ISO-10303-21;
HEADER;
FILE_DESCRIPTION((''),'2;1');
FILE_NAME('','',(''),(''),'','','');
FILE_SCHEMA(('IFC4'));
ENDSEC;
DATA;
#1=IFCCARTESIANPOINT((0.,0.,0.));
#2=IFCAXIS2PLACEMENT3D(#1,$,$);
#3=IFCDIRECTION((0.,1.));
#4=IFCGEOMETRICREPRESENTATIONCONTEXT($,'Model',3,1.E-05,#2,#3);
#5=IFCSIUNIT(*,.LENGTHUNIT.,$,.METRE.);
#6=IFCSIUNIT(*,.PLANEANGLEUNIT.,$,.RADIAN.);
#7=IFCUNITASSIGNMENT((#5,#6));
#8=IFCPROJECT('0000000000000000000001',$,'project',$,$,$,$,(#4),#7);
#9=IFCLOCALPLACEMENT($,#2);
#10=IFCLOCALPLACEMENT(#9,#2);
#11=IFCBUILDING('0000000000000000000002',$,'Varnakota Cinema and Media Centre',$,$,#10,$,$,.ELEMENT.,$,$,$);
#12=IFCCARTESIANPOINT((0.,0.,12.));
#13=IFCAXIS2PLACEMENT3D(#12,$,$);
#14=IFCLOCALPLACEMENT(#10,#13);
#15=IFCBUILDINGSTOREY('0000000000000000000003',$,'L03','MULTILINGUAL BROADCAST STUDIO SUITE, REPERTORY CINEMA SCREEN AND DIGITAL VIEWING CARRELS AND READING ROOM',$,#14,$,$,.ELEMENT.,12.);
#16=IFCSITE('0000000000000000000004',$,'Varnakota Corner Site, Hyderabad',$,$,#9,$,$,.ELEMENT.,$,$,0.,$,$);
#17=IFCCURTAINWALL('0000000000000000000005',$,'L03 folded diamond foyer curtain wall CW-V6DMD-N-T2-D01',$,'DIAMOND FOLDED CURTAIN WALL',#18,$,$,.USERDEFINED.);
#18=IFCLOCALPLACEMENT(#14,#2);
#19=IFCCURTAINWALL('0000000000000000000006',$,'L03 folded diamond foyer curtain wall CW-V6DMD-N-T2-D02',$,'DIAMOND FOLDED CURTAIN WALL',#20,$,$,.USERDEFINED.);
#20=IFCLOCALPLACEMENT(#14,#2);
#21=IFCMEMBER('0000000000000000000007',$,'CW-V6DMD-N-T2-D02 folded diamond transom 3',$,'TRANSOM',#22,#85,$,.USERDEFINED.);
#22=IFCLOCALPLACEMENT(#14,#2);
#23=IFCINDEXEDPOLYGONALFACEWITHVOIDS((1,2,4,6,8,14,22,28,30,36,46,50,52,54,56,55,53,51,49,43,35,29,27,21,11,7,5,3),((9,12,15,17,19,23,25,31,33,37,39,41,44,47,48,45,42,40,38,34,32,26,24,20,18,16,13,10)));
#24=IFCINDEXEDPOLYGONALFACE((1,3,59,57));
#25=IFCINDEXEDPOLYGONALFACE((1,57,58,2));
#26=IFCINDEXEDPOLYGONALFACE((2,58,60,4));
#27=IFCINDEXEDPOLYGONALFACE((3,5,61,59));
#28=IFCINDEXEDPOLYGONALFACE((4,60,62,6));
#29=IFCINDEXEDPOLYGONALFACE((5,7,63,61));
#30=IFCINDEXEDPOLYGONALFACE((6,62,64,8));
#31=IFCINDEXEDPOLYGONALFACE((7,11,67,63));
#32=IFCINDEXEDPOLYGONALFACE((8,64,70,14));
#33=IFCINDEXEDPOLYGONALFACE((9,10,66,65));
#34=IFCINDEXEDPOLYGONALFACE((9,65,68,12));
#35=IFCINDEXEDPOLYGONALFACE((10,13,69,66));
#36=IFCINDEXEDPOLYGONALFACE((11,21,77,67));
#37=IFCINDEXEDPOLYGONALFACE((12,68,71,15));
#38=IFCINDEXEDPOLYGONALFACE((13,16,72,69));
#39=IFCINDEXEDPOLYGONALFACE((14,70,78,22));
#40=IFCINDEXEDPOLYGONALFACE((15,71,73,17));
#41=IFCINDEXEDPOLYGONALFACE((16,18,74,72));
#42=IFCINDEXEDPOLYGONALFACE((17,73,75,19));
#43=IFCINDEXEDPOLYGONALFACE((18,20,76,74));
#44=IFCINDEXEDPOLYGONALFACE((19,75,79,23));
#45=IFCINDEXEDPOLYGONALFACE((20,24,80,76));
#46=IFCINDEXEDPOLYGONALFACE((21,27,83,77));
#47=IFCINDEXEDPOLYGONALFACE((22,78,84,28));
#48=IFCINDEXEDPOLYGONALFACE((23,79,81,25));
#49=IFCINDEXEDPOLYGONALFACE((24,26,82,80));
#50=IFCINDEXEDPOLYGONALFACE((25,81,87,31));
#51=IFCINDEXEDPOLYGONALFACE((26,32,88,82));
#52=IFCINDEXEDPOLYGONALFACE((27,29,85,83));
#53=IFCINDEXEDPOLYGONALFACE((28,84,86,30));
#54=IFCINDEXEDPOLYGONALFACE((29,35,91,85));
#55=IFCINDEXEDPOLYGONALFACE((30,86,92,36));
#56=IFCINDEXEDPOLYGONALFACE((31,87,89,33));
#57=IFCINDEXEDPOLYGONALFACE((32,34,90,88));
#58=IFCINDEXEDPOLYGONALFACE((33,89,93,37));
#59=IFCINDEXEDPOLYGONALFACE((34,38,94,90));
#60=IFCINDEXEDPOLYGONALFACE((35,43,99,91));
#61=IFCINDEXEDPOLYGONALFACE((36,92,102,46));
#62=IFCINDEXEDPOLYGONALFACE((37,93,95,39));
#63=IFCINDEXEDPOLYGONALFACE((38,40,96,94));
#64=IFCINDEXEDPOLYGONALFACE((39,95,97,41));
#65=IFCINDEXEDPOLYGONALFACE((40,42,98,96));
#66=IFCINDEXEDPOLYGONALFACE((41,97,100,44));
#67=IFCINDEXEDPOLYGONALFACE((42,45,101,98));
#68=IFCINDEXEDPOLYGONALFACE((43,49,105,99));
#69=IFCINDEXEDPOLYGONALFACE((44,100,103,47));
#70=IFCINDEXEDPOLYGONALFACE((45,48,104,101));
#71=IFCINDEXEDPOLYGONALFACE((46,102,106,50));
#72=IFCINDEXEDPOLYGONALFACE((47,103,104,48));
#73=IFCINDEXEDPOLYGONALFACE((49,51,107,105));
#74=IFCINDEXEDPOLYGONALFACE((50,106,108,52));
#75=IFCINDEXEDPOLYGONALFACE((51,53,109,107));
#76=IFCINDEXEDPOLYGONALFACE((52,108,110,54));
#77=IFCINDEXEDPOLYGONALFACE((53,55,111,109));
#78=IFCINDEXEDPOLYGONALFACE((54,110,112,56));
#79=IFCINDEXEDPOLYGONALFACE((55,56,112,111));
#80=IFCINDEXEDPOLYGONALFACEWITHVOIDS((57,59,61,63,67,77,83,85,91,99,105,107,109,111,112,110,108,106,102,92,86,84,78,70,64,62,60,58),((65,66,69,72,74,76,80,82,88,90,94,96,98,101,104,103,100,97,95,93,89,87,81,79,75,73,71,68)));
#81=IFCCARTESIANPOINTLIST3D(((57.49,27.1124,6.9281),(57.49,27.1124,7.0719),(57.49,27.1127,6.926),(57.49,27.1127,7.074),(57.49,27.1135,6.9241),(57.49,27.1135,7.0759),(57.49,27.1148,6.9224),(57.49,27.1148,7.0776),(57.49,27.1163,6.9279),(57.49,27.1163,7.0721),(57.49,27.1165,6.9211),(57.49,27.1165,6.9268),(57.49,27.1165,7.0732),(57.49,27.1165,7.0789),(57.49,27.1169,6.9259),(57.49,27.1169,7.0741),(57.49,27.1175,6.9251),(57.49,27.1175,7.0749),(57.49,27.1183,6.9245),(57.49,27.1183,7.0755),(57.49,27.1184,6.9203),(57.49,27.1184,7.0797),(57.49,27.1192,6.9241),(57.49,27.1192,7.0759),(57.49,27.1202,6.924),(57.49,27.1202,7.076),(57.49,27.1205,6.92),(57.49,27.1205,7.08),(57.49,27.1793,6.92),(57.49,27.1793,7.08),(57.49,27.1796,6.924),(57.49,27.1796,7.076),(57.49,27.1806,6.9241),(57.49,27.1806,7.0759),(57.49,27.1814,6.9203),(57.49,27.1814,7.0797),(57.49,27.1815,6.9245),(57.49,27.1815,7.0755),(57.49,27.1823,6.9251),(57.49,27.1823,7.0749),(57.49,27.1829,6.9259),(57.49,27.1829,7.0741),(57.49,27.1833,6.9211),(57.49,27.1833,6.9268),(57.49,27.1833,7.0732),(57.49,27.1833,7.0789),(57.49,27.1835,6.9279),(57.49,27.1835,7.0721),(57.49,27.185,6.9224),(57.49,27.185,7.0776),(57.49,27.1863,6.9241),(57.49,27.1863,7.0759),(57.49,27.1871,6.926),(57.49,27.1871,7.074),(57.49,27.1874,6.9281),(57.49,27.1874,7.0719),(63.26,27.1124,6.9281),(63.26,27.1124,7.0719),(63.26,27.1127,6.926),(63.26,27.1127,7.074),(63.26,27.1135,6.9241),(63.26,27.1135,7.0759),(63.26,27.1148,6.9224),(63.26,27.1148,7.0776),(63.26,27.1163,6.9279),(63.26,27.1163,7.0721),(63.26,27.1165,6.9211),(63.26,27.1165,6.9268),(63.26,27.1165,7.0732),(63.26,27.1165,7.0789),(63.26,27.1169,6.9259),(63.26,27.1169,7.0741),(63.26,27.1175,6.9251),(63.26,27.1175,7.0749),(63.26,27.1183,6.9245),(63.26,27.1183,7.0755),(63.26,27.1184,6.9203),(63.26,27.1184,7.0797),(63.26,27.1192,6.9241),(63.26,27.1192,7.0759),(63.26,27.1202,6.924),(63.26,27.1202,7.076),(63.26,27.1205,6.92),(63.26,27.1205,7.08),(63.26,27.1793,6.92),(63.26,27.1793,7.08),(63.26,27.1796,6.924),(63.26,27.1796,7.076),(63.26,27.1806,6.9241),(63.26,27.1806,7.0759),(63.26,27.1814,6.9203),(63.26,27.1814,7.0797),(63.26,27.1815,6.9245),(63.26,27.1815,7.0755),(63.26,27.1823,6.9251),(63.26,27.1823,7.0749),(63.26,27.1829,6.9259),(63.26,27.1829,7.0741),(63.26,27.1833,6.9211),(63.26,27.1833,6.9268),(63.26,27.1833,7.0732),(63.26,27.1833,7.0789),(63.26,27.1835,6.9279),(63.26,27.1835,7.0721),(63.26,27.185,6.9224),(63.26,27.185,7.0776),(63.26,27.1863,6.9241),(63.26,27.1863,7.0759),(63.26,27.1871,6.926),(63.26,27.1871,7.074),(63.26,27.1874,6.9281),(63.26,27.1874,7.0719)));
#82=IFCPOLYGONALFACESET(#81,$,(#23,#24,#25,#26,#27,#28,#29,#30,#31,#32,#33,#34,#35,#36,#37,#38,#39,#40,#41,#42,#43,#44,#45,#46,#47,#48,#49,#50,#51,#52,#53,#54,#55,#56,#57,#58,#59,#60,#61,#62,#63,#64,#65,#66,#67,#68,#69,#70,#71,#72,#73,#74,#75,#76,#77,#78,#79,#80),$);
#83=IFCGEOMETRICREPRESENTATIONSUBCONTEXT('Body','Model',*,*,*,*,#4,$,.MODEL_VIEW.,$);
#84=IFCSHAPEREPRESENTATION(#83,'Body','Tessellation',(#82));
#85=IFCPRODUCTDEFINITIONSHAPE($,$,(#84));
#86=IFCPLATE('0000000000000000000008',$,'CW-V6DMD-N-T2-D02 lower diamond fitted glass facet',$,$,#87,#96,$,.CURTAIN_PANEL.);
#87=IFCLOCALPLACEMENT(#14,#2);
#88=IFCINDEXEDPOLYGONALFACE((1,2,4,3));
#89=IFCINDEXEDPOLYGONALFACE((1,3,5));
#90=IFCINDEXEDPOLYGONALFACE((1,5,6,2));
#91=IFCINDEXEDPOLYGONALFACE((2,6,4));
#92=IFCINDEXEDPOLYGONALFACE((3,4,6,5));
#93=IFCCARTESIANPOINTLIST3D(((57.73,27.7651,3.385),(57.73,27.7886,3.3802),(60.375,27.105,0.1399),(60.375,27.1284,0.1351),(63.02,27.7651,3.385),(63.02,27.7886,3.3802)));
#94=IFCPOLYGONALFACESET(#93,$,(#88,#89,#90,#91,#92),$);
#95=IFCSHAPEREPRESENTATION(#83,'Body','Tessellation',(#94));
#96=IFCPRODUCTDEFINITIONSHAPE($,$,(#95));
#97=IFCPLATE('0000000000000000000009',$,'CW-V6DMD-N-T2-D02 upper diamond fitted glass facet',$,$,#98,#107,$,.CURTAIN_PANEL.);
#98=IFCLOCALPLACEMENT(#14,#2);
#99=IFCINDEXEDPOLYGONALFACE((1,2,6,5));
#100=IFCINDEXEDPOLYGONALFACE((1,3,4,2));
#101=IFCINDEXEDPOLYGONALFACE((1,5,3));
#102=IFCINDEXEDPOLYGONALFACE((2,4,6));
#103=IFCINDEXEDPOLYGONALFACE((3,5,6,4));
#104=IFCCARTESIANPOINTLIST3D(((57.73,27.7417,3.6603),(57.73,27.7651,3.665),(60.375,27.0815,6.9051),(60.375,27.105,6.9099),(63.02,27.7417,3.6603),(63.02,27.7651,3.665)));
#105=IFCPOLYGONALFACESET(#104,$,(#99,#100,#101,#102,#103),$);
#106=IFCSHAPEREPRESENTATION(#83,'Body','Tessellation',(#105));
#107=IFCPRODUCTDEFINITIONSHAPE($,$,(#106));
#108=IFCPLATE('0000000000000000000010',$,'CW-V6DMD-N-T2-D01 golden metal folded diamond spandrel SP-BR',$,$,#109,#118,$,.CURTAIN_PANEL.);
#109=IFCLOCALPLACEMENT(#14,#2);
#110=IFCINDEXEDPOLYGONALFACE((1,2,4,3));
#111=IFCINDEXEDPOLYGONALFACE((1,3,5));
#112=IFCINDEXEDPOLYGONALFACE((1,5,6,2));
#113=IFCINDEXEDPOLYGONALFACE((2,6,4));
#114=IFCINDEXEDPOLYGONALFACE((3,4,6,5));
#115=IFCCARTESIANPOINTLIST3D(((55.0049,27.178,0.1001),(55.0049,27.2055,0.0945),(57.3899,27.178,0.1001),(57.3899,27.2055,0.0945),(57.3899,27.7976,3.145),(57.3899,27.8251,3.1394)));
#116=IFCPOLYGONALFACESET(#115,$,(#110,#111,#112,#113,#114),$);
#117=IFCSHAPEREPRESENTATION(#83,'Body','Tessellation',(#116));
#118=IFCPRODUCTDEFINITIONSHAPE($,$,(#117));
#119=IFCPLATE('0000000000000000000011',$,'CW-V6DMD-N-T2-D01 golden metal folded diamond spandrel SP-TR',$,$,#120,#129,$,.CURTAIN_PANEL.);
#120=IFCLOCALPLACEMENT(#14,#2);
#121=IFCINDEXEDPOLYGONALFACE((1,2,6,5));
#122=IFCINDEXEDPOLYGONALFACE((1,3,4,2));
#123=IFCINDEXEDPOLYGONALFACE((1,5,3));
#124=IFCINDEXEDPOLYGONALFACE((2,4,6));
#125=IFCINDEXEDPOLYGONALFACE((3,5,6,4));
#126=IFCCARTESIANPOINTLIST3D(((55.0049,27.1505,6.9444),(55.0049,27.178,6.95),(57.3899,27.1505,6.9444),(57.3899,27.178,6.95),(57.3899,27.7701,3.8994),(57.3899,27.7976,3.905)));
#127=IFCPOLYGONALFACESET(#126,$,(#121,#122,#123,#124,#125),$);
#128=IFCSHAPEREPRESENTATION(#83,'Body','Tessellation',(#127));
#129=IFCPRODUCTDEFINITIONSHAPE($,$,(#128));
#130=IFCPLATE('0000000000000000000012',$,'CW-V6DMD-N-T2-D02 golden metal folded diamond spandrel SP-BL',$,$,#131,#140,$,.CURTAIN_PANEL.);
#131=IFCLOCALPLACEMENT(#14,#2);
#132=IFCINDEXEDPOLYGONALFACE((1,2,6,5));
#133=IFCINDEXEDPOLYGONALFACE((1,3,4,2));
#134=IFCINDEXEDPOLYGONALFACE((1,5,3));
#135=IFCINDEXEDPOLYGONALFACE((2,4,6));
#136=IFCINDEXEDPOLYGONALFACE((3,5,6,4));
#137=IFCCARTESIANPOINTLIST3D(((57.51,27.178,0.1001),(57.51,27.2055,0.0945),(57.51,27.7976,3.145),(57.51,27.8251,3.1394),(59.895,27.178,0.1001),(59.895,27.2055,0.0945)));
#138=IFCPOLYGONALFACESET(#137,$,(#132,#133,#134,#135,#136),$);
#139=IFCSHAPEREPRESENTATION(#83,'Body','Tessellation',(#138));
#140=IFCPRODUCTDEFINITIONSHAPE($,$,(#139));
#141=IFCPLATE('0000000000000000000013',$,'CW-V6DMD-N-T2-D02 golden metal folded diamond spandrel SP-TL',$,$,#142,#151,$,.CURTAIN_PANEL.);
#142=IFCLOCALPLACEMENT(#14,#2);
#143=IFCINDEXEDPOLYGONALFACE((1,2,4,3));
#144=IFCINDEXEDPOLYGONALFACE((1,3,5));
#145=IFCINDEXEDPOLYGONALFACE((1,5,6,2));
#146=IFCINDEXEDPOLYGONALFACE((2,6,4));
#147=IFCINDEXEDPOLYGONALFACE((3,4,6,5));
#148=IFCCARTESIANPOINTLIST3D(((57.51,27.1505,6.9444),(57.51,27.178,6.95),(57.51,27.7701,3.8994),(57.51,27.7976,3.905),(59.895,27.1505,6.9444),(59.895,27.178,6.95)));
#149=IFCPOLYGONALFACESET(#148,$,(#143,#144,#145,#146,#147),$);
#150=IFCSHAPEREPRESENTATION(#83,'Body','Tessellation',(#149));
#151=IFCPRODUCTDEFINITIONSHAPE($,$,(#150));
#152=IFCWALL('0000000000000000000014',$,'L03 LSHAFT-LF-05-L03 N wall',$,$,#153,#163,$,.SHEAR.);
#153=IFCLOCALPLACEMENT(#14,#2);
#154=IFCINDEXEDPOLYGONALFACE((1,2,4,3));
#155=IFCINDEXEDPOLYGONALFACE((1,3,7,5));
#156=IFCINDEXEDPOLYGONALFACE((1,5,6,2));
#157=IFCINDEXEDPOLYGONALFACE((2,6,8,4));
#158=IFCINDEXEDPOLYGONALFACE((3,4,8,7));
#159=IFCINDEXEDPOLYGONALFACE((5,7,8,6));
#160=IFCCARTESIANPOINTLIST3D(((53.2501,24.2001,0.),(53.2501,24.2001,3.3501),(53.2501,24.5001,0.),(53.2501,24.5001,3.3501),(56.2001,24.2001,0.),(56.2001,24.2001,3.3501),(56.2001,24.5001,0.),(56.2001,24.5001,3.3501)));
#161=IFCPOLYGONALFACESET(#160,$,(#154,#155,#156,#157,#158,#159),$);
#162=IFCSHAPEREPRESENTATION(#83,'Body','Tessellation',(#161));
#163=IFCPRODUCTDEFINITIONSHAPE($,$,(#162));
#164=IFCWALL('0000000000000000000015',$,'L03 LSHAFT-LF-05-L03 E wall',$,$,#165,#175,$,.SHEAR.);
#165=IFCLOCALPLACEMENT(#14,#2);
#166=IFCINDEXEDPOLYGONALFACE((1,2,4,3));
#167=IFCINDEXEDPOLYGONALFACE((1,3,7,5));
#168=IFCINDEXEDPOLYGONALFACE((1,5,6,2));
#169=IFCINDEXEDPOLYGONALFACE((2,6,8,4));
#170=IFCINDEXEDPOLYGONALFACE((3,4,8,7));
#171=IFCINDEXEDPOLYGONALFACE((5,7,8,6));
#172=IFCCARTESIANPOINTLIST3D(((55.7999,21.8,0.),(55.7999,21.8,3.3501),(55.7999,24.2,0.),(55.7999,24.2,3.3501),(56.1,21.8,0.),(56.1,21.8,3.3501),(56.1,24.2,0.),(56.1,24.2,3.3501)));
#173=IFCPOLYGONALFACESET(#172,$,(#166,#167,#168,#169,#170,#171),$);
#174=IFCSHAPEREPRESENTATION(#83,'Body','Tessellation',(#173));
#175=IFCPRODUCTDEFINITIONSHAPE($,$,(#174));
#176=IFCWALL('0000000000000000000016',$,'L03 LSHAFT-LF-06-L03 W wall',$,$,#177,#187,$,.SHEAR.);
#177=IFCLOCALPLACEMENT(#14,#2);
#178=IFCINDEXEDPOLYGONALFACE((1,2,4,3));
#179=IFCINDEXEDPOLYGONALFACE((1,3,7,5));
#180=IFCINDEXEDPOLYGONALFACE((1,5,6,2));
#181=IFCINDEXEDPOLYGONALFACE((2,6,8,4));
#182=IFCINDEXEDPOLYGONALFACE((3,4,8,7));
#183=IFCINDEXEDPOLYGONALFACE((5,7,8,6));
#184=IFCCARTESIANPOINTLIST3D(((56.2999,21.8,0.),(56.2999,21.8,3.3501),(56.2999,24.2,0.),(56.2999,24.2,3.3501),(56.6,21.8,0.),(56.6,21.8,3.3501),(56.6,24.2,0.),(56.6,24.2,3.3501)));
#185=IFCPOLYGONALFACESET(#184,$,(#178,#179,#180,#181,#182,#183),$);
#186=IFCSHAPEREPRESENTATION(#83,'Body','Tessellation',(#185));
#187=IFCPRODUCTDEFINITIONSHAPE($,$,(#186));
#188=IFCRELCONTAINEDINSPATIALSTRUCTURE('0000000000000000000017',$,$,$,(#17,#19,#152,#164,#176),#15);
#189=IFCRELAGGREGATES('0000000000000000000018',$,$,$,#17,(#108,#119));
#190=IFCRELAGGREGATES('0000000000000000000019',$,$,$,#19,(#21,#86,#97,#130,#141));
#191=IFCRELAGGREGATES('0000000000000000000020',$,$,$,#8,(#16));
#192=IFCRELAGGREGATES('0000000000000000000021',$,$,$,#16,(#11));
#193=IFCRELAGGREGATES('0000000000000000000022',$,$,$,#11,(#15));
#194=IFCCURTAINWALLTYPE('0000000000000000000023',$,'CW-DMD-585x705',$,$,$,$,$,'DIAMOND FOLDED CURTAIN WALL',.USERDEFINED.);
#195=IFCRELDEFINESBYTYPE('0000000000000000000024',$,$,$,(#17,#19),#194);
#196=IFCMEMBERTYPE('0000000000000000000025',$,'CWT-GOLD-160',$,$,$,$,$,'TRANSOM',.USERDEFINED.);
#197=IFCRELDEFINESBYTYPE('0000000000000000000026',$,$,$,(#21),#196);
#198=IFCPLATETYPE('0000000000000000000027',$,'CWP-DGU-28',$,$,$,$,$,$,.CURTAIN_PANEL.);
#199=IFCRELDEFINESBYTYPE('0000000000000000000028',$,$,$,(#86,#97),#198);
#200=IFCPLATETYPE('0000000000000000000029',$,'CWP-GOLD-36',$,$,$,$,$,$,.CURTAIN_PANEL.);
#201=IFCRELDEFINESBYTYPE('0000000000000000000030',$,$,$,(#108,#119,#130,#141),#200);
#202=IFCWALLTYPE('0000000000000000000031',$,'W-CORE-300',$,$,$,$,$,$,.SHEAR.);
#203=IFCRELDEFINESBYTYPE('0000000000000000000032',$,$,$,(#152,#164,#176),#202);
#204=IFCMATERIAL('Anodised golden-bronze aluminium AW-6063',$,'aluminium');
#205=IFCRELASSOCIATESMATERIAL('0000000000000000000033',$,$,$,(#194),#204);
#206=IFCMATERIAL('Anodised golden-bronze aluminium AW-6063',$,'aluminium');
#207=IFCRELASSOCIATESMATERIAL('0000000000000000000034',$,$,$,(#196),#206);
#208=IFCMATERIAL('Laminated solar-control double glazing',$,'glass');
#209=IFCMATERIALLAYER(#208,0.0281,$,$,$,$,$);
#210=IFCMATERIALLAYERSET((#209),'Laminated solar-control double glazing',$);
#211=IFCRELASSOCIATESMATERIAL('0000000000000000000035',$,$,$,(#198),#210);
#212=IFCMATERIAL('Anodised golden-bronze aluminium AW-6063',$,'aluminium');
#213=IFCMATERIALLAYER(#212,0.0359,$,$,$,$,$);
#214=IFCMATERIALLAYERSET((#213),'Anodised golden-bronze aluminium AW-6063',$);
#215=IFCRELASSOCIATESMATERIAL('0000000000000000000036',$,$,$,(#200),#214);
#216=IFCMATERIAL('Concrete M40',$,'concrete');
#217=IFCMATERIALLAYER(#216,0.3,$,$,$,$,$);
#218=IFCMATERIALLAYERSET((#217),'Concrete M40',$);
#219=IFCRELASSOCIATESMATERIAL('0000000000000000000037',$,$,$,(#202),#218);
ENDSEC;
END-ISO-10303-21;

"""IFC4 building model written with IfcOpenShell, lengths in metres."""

from ifc_helpers import new_model, si_unit, direction, frame, frame_2d, origin, origin_2d, place, context, subcontext, project, spatial, polyline, rectangle, hollow_rectangle, outline, extrude, material, layer, layer_set, material_profile, profile_set, type_object, element, aggregate, save


model = new_model("IFC4")

# Units and contexts
model_context = context("Model", 3, precision=1e-05, world=origin(), true_north=direction((0.0, 1.0)))
body_context = subcontext(model_context, "Body", "Model", "MODEL_VIEW")
ifc_project = project(units=[si_unit("LENGTHUNIT", "METRE"), si_unit("PLANEANGLEUNIT", "RADIAN")], contexts=[model_context])

# Site, building, storey
site_placement = place(None, origin())
site = spatial("IfcSite", under=ifc_project, at=site_placement, Name="Varnakota Corner Site, Hyderabad", CompositionType="ELEMENT", RefElevation=0.0)
building_placement = place(site_placement, origin())
building = spatial("IfcBuilding", under=site, at=building_placement, Name="Varnakota Cinema and Media Centre", CompositionType="ELEMENT")
storey_placement = place(building_placement, frame((0.0, 0.0, 12.0)))
storey = spatial("IfcBuildingStorey", under=building, at=storey_placement, Name="L03", Description="MULTILINGUAL BROADCAST STUDIO SUITE, REPERTORY CINEMA SCREEN AND DIGITAL VIEWING CARRELS AND READING ROOM", CompositionType="ELEMENT", Elevation=12.0)

# Curtain wall
ifc_material_1 = material(Name="Anodised golden-bronze aluminium AW-6063", Category="aluminium")
curtain_wall_type = type_object("IfcCurtainWallType", Name="CW-DMD-585x705", ElementType="DIAMOND FOLDED CURTAIN WALL", PredefinedType="USERDEFINED", material=ifc_material_1)
curtain_wall_1_placement = place(storey_placement, origin())
curtain_wall_1 = element("IfcCurtainWall", 1, at=curtain_wall_1_placement, inside=storey, type_object=curtain_wall_type, Name="L03 folded diamond foyer curtain wall CW-V6DMD-N-T2-D01", ObjectType="DIAMOND FOLDED CURTAIN WALL", PredefinedType="USERDEFINED")

# Curtain wall, member, plates
curtain_wall_2_placement = place(storey_placement, origin())
curtain_wall_2 = element("IfcCurtainWall", 2, at=curtain_wall_2_placement, inside=storey, type_object=curtain_wall_type, Name="L03 folded diamond foyer curtain wall CW-V6DMD-N-T2-D02", ObjectType="DIAMOND FOLDED CURTAIN WALL", PredefinedType="USERDEFINED")
ifc_material_2 = material(Name="Anodised golden-bronze aluminium AW-6063", Category="aluminium")
ifc_material_profile_1 = material_profile(ifc_material_2, hollow_rectangle(XDim=0.075, YDim=0.1599, WallThickness=0.0039, InnerFilletRadius=0.0039, OuterFilletRadius=0.0081, at=origin_2d()), Name="AL-TRANSOM 160x75x4")
ifc_profile_set_1 = profile_set([ifc_material_profile_1], Name="Anodised golden-bronze aluminium AW-6063")
member_type_1 = type_object("IfcMemberType", Name="CWT-GOLD-160", ElementType="TRANSOM", PredefinedType="USERDEFINED", material=ifc_profile_set_1)
member_1_placement = place(storey_placement, frame((57.49, 27.1499, 7.0), z_axis=(1.0, 0.0, 0.0), x_axis=(0.0, 1.0, 0.0)))
member_1 = element("IfcMember", 3, at=member_1_placement, type_object=member_type_1, Name="CW-V6DMD-N-T2-D02 folded diamond transom 3", ObjectType="TRANSOM", PredefinedType="USERDEFINED", context=body_context, shape_type="SweptSolid", body=[
    extrude(hollow_rectangle(XDim=0.075, YDim=0.1599, WallThickness=0.0039, InnerFilletRadius=0.0039, OuterFilletRadius=0.0081, at=origin_2d()), origin(), (0.0, 0.0, 1.0), 5.77),
])
ifc_material_3 = material(Name="Laminated solar-control double glazing", Category="glass")
ifc_layer_1 = layer(ifc_material_3, 0.0281)
ifc_layer_set_1 = layer_set([ifc_layer_1], Name="Laminated solar-control double glazing")
plate_type_1 = type_object("IfcPlateType", Name="CWP-DGU-28", PredefinedType="CURTAIN_PANEL", material=ifc_layer_set_1)
plate_1_placement = place(storey_placement, frame((57.73, 27.7651, 3.385), z_axis=(0.0, -0.979929, 0.199348), x_axis=(0.624084, -0.155762, -0.765675)))
plate_1 = element("IfcPlate", 4, at=plate_1_placement, type_object=plate_type_1, Name="CW-V6DMD-N-T2-D02 lower diamond fitted glass facet", PredefinedType="CURTAIN_PANEL", context=body_context, shape_type="SweptSolid", body=[
    extrude(outline(polyline([(0.0, 0.0), (4.2382, 0.0), (3.3014, 4.1334), (0.0, 0.0)])), origin(), (0.0, 0.0, -1.0), 0.0239),
])
plate_2_placement = place(storey_placement, frame((57.73, 27.7651, 3.665), z_axis=(0.0, 0.979926, 0.199362), x_axis=(1.0, 0.0, 0.0)))
plate_2 = element("IfcPlate", 5, at=plate_2_placement, type_object=plate_type_1, Name="CW-V6DMD-N-T2-D02 upper diamond fitted glass facet", PredefinedType="CURTAIN_PANEL", context=body_context, shape_type="SweptSolid", body=[
    extrude(outline(polyline([(0.0, 0.0), (5.29, 0.0), (2.645, -3.3113), (0.0, 0.0)])), origin(), (0.0, 0.0, -1.0), 0.0239),
])

# Plates
ifc_material_4 = material(Name="Anodised golden-bronze aluminium AW-6063", Category="aluminium")
ifc_layer_2 = layer(ifc_material_4, 0.0359)
ifc_layer_set_2 = layer_set([ifc_layer_2], Name="Anodised golden-bronze aluminium AW-6063")
plate_type_2 = type_object("IfcPlateType", Name="CWP-GOLD-36", PredefinedType="CURTAIN_PANEL", material=ifc_layer_set_2)
plate_3_placement = place(storey_placement, frame((55.0049, 27.178, 0.1001), z_axis=(0.0, -0.979916, 0.199409), x_axis=(1.0, 0.0, 0.0)))
plate_3 = element("IfcPlate", 6, at=plate_3_placement, type_object=plate_type_2, Name="CW-V6DMD-N-T2-D01 golden metal folded diamond spandrel SP-BR", PredefinedType="CURTAIN_PANEL", context=body_context, shape_type="SweptSolid", body=[
    extrude(outline(polyline([(0.0, 0.0), (2.385, 0.0), (2.385, 3.1073), (0.0, 0.0)])), origin(), (0.0, 0.0, -1.0), 0.0281),
])
plate_4_placement = place(storey_placement, frame((57.3899, 27.7976, 3.905), z_axis=(0.0, 0.979916, 0.199409), x_axis=(0.0, -0.199409, 0.979916)))
plate_4 = element("IfcPlate", 7, at=plate_4_placement, type_object=plate_type_2, Name="CW-V6DMD-N-T2-D01 golden metal folded diamond spandrel SP-TR", PredefinedType="CURTAIN_PANEL", context=body_context, shape_type="SweptSolid", body=[
    extrude(outline(polyline([(0.0, 0.0), (3.1073, 0.0), (3.1073, -2.385), (0.0, 0.0)])), origin(), (0.0, 0.0, -1.0), 0.0281),
])
aggregate(curtain_wall_1, [plate_3, plate_4])
plate_5_placement = place(storey_placement, frame((57.51, 27.178, 0.1001), z_axis=(0.0, -0.979916, 0.199409), x_axis=(1.0, 0.0, 0.0)))
plate_5 = element("IfcPlate", 8, at=plate_5_placement, type_object=plate_type_2, Name="CW-V6DMD-N-T2-D02 golden metal folded diamond spandrel SP-BL", PredefinedType="CURTAIN_PANEL", context=body_context, shape_type="SweptSolid", body=[
    extrude(outline(polyline([(0.0, 0.0), (2.385, 0.0), (0.0, 3.1073), (0.0, 0.0)])), origin(), (0.0, 0.0, -1.0), 0.0281),
])
plate_6_placement = place(storey_placement, frame((57.51, 27.7976, 3.905), z_axis=(0.0, 0.979916, 0.199409), x_axis=(0.60887, -0.158185, 0.777339)))
plate_6 = element("IfcPlate", 9, at=plate_6_placement, type_object=plate_type_2, Name="CW-V6DMD-N-T2-D02 golden metal folded diamond spandrel SP-TL", PredefinedType="CURTAIN_PANEL", context=body_context, shape_type="SweptSolid", body=[
    extrude(outline(polyline([(0.0, 0.0), (3.9171, 0.0), (2.465, -1.892), (0.0, 0.0)])), origin(), (0.0, 0.0, -1.0), 0.0281),
])
aggregate(curtain_wall_2, [member_1, plate_1, plate_2, plate_5, plate_6])

# Shared definitions
ifc_material_5 = material(Name="Concrete M40", Category="concrete")
ifc_layer_3 = layer(ifc_material_5, 0.3)
ifc_layer_set_3 = layer_set([ifc_layer_3], Name="Concrete M40")
wall_type = type_object("IfcWallType", Name="W-CORE-300", PredefinedType="SHEAR", material=ifc_layer_set_3)

# Walls
wall_1_placement = place(storey_placement, frame((53.25, 24.3501, 0.0), z_axis=(0.0, 0.0, 1.0), x_axis=(1.0, 0.0, 0.0)))
element("IfcWall", 10, at=wall_1_placement, inside=storey, type_object=wall_type, Name="L03 LSHAFT-LF-05-L03 N wall", PredefinedType="SHEAR", context=body_context, shape_type="SweptSolid", body=[
    extrude(rectangle(XDim=2.95, YDim=0.3, at=frame_2d((1.4751, 0.0))), origin(), (0.0, 0.0, 1.0), 3.3501),
])
wall_2_placement = place(storey_placement, frame((55.95, 24.2, 0.0), z_axis=(0.0, 0.0, 1.0), x_axis=(0.0, -1.0, 0.0)))
element("IfcWall", 11, at=wall_2_placement, inside=storey, type_object=wall_type, Name="L03 LSHAFT-LF-05-L03 E wall", PredefinedType="SHEAR", context=body_context, shape_type="SweptSolid", body=[
    extrude(rectangle(XDim=2.3999, YDim=0.3, at=frame_2d((1.2, 0.0))), origin(), (0.0, 0.0, 1.0), 3.3501),
])

# Wall
wall_3_placement = place(storey_placement, frame((56.45, 21.8, 0.0), z_axis=(0.0, 0.0, 1.0), x_axis=(0.0, 1.0, 0.0)))
element("IfcWall", 12, at=wall_3_placement, inside=storey, type_object=wall_type, Name="L03 LSHAFT-LF-06-L03 W wall", PredefinedType="SHEAR", context=body_context, shape_type="SweptSolid", body=[
    extrude(rectangle(XDim=2.3999, YDim=0.3, at=frame_2d((1.2, 0.0))), origin(), (0.0, 0.0, 1.0), 3.3501),
])

save(model, "model.ifc")
